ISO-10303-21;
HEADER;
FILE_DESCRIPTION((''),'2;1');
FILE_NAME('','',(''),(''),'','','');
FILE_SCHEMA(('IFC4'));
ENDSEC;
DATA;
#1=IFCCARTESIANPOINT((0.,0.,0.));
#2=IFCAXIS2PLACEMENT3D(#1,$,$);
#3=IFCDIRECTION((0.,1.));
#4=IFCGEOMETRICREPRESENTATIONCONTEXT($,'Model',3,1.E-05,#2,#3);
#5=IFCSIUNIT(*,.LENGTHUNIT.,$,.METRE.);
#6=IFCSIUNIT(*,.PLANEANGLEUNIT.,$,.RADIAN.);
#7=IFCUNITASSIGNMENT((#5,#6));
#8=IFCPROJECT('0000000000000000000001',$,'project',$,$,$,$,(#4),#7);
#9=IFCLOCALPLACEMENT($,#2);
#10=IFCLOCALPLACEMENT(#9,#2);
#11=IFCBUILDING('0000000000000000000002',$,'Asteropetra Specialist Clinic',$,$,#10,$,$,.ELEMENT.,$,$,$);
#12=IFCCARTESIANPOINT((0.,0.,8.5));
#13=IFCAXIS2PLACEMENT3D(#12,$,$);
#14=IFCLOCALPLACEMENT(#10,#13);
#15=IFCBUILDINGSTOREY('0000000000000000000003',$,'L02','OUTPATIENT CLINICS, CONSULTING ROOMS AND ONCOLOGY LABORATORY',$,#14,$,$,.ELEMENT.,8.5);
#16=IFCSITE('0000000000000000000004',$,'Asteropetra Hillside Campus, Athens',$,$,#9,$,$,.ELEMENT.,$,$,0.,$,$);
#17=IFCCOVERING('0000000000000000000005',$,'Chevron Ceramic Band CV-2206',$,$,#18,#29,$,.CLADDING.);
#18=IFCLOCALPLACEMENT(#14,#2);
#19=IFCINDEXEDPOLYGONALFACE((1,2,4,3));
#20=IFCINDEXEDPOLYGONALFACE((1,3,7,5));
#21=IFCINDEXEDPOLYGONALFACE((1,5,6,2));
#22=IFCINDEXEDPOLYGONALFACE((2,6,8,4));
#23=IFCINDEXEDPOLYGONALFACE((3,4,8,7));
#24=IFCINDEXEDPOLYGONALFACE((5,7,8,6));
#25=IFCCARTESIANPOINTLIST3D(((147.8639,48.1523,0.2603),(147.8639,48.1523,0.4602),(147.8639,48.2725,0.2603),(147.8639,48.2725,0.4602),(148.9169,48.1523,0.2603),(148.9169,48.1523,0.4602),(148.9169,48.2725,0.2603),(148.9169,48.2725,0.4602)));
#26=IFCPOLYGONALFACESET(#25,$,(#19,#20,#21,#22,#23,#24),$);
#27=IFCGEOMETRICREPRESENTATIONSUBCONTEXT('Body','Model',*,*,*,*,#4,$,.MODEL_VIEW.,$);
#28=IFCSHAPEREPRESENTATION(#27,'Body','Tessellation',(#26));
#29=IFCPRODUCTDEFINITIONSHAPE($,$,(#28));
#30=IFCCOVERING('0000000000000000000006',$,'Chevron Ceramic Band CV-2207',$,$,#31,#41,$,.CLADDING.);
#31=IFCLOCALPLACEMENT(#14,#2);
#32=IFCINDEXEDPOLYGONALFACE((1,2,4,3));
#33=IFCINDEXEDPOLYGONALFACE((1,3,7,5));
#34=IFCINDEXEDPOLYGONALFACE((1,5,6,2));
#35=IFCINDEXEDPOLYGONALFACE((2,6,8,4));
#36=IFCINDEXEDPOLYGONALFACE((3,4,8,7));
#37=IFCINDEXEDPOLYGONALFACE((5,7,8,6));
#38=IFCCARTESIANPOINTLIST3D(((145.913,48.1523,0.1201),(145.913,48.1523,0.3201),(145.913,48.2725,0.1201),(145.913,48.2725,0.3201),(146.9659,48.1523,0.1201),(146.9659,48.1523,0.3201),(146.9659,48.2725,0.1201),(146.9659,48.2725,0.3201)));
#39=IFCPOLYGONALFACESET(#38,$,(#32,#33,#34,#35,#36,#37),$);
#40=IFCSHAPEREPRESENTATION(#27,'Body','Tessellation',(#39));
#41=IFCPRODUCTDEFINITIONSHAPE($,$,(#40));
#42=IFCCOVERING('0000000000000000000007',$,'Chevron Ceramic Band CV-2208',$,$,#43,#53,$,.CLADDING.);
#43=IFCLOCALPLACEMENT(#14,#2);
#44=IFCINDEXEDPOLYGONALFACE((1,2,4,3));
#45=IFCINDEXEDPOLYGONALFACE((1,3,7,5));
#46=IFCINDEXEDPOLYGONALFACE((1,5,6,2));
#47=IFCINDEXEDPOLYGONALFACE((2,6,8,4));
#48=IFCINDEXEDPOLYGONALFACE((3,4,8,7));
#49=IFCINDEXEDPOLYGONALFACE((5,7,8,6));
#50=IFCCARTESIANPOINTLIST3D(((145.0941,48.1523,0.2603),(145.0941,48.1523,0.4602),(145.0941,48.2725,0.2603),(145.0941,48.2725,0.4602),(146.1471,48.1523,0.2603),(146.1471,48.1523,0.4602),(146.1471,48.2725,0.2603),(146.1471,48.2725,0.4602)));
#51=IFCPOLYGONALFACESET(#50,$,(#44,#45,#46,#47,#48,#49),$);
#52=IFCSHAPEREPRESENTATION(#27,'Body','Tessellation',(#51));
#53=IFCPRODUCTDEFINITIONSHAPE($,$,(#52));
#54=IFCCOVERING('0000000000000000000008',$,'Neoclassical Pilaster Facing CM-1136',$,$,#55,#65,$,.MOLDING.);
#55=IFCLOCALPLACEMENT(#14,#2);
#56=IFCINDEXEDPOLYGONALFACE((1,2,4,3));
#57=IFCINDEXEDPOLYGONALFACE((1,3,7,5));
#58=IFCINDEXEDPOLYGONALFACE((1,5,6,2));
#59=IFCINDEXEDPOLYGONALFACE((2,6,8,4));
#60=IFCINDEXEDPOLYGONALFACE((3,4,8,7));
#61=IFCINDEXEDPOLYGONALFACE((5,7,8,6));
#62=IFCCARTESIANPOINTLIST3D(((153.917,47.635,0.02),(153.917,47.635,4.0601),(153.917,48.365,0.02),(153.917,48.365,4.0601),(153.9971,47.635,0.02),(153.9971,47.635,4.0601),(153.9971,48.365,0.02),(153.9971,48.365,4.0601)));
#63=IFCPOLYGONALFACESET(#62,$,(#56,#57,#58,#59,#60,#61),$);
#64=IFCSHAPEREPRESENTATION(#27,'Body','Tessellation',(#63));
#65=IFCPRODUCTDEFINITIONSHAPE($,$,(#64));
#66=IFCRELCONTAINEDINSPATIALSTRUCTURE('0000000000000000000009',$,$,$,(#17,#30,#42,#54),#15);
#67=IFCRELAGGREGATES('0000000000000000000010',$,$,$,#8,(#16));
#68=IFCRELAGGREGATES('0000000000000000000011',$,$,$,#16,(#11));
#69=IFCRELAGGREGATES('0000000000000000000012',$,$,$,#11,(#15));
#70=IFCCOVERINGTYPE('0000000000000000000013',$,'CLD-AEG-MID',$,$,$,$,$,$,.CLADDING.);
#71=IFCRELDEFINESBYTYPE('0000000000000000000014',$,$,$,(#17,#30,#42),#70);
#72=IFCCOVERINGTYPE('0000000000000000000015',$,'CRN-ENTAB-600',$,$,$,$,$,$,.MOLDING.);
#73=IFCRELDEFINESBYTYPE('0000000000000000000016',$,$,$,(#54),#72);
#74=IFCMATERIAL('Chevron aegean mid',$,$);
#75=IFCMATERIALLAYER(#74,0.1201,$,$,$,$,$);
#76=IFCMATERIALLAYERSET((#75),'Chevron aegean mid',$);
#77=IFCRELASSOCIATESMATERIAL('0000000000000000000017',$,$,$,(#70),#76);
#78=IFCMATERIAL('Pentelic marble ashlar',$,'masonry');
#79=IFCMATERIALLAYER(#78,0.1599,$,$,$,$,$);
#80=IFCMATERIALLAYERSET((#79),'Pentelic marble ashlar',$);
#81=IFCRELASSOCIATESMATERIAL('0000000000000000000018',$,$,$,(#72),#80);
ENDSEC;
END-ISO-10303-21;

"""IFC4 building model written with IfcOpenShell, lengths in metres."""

from ifc_helpers import new_model, si_unit, direction, frame, origin, origin_2d, place, context, subcontext, project, spatial, rectangle, extrude, material, layer, layer_set, type_object, element, save


model = new_model("IFC4")

# Units and contexts
model_context = context("Model", 3, precision=1e-05, world=origin(), true_north=direction((0.0, 1.0)))
body_context = subcontext(model_context, "Body", "Model", "MODEL_VIEW")
ifc_project = project(units=[si_unit("LENGTHUNIT", "METRE"), si_unit("PLANEANGLEUNIT", "RADIAN")], contexts=[model_context])

# Site, building, storey
site_placement = place(None, origin())
site = spatial("IfcSite", under=ifc_project, at=site_placement, Name="Asteropetra Hillside Campus, Athens", CompositionType="ELEMENT", RefElevation=0.0)
building_placement = place(site_placement, origin())
building = spatial("IfcBuilding", under=site, at=building_placement, Name="Asteropetra Specialist Clinic", CompositionType="ELEMENT")
storey_placement = place(building_placement, frame((0.0, 0.0, 8.5)))
storey = spatial("IfcBuildingStorey", under=building, at=storey_placement, Name="L02", Description="OUTPATIENT CLINICS, CONSULTING ROOMS AND ONCOLOGY LABORATORY", CompositionType="ELEMENT", Elevation=8.5)

# Coverings
ifc_material_1 = material(Name="Chevron aegean mid")
ifc_layer_1 = layer(ifc_material_1, 0.1201)
ifc_layer_set_1 = layer_set([ifc_layer_1], Name="Chevron aegean mid")
covering_type_1 = type_object("IfcCoveringType", Name="CLD-AEG-MID", PredefinedType="CLADDING", material=ifc_layer_set_1)
for number, where, z_axis, x_axis, name in (
    (1, (148.3904, 48.2124, 0.2603), (0.0, 0.0, 1.0), (1.0, 0.0, 0.0), "Chevron Ceramic Band CV-2206"),
    (2, (146.4395, 48.2124, 0.1201), (0.0, 0.0, 1.0), (1.0, 0.0, 0.0), "Chevron Ceramic Band CV-2207"),
    (3, (145.6206, 48.2124, 0.2603), (0.0, 0.0, 1.0), (1.0, 0.0, 0.0), "Chevron Ceramic Band CV-2208"),
):
    element("IfcCovering", number, at=place(storey_placement, frame(where, z_axis=z_axis, x_axis=x_axis)), inside=storey, type_object=covering_type_1, Name=name, PredefinedType="CLADDING", context=body_context, shape_type="SweptSolid", body=[
        extrude(rectangle(XDim=1.053, YDim=0.1201, at=origin_2d()), origin(), (0.0, 0.0, 1.0), 0.2),
    ])
ifc_material_2 = material(Name="Pentelic marble ashlar", Category="masonry")
ifc_layer_2 = layer(ifc_material_2, 0.1599)
ifc_layer_set_2 = layer_set([ifc_layer_2], Name="Pentelic marble ashlar")
covering_type_2 = type_object("IfcCoveringType", Name="CRN-ENTAB-600", PredefinedType="MOLDING", material=ifc_layer_set_2)
covering_placement = place(storey_placement, frame((153.957, 48.0, 0.02), z_axis=(0.0, 0.0, 1.0), x_axis=(1.0, 0.0, 0.0)))
element("IfcCovering", 4, at=covering_placement, inside=storey, type_object=covering_type_2, Name="Neoclassical Pilaster Facing CM-1136", PredefinedType="MOLDING", context=body_context, shape_type="SweptSolid", body=[
    extrude(rectangle(XDim=0.0801, YDim=0.73, at=origin_2d()), origin(), (0.0, 0.0, 1.0), 4.04),
])

save(model, "model.ifc")
